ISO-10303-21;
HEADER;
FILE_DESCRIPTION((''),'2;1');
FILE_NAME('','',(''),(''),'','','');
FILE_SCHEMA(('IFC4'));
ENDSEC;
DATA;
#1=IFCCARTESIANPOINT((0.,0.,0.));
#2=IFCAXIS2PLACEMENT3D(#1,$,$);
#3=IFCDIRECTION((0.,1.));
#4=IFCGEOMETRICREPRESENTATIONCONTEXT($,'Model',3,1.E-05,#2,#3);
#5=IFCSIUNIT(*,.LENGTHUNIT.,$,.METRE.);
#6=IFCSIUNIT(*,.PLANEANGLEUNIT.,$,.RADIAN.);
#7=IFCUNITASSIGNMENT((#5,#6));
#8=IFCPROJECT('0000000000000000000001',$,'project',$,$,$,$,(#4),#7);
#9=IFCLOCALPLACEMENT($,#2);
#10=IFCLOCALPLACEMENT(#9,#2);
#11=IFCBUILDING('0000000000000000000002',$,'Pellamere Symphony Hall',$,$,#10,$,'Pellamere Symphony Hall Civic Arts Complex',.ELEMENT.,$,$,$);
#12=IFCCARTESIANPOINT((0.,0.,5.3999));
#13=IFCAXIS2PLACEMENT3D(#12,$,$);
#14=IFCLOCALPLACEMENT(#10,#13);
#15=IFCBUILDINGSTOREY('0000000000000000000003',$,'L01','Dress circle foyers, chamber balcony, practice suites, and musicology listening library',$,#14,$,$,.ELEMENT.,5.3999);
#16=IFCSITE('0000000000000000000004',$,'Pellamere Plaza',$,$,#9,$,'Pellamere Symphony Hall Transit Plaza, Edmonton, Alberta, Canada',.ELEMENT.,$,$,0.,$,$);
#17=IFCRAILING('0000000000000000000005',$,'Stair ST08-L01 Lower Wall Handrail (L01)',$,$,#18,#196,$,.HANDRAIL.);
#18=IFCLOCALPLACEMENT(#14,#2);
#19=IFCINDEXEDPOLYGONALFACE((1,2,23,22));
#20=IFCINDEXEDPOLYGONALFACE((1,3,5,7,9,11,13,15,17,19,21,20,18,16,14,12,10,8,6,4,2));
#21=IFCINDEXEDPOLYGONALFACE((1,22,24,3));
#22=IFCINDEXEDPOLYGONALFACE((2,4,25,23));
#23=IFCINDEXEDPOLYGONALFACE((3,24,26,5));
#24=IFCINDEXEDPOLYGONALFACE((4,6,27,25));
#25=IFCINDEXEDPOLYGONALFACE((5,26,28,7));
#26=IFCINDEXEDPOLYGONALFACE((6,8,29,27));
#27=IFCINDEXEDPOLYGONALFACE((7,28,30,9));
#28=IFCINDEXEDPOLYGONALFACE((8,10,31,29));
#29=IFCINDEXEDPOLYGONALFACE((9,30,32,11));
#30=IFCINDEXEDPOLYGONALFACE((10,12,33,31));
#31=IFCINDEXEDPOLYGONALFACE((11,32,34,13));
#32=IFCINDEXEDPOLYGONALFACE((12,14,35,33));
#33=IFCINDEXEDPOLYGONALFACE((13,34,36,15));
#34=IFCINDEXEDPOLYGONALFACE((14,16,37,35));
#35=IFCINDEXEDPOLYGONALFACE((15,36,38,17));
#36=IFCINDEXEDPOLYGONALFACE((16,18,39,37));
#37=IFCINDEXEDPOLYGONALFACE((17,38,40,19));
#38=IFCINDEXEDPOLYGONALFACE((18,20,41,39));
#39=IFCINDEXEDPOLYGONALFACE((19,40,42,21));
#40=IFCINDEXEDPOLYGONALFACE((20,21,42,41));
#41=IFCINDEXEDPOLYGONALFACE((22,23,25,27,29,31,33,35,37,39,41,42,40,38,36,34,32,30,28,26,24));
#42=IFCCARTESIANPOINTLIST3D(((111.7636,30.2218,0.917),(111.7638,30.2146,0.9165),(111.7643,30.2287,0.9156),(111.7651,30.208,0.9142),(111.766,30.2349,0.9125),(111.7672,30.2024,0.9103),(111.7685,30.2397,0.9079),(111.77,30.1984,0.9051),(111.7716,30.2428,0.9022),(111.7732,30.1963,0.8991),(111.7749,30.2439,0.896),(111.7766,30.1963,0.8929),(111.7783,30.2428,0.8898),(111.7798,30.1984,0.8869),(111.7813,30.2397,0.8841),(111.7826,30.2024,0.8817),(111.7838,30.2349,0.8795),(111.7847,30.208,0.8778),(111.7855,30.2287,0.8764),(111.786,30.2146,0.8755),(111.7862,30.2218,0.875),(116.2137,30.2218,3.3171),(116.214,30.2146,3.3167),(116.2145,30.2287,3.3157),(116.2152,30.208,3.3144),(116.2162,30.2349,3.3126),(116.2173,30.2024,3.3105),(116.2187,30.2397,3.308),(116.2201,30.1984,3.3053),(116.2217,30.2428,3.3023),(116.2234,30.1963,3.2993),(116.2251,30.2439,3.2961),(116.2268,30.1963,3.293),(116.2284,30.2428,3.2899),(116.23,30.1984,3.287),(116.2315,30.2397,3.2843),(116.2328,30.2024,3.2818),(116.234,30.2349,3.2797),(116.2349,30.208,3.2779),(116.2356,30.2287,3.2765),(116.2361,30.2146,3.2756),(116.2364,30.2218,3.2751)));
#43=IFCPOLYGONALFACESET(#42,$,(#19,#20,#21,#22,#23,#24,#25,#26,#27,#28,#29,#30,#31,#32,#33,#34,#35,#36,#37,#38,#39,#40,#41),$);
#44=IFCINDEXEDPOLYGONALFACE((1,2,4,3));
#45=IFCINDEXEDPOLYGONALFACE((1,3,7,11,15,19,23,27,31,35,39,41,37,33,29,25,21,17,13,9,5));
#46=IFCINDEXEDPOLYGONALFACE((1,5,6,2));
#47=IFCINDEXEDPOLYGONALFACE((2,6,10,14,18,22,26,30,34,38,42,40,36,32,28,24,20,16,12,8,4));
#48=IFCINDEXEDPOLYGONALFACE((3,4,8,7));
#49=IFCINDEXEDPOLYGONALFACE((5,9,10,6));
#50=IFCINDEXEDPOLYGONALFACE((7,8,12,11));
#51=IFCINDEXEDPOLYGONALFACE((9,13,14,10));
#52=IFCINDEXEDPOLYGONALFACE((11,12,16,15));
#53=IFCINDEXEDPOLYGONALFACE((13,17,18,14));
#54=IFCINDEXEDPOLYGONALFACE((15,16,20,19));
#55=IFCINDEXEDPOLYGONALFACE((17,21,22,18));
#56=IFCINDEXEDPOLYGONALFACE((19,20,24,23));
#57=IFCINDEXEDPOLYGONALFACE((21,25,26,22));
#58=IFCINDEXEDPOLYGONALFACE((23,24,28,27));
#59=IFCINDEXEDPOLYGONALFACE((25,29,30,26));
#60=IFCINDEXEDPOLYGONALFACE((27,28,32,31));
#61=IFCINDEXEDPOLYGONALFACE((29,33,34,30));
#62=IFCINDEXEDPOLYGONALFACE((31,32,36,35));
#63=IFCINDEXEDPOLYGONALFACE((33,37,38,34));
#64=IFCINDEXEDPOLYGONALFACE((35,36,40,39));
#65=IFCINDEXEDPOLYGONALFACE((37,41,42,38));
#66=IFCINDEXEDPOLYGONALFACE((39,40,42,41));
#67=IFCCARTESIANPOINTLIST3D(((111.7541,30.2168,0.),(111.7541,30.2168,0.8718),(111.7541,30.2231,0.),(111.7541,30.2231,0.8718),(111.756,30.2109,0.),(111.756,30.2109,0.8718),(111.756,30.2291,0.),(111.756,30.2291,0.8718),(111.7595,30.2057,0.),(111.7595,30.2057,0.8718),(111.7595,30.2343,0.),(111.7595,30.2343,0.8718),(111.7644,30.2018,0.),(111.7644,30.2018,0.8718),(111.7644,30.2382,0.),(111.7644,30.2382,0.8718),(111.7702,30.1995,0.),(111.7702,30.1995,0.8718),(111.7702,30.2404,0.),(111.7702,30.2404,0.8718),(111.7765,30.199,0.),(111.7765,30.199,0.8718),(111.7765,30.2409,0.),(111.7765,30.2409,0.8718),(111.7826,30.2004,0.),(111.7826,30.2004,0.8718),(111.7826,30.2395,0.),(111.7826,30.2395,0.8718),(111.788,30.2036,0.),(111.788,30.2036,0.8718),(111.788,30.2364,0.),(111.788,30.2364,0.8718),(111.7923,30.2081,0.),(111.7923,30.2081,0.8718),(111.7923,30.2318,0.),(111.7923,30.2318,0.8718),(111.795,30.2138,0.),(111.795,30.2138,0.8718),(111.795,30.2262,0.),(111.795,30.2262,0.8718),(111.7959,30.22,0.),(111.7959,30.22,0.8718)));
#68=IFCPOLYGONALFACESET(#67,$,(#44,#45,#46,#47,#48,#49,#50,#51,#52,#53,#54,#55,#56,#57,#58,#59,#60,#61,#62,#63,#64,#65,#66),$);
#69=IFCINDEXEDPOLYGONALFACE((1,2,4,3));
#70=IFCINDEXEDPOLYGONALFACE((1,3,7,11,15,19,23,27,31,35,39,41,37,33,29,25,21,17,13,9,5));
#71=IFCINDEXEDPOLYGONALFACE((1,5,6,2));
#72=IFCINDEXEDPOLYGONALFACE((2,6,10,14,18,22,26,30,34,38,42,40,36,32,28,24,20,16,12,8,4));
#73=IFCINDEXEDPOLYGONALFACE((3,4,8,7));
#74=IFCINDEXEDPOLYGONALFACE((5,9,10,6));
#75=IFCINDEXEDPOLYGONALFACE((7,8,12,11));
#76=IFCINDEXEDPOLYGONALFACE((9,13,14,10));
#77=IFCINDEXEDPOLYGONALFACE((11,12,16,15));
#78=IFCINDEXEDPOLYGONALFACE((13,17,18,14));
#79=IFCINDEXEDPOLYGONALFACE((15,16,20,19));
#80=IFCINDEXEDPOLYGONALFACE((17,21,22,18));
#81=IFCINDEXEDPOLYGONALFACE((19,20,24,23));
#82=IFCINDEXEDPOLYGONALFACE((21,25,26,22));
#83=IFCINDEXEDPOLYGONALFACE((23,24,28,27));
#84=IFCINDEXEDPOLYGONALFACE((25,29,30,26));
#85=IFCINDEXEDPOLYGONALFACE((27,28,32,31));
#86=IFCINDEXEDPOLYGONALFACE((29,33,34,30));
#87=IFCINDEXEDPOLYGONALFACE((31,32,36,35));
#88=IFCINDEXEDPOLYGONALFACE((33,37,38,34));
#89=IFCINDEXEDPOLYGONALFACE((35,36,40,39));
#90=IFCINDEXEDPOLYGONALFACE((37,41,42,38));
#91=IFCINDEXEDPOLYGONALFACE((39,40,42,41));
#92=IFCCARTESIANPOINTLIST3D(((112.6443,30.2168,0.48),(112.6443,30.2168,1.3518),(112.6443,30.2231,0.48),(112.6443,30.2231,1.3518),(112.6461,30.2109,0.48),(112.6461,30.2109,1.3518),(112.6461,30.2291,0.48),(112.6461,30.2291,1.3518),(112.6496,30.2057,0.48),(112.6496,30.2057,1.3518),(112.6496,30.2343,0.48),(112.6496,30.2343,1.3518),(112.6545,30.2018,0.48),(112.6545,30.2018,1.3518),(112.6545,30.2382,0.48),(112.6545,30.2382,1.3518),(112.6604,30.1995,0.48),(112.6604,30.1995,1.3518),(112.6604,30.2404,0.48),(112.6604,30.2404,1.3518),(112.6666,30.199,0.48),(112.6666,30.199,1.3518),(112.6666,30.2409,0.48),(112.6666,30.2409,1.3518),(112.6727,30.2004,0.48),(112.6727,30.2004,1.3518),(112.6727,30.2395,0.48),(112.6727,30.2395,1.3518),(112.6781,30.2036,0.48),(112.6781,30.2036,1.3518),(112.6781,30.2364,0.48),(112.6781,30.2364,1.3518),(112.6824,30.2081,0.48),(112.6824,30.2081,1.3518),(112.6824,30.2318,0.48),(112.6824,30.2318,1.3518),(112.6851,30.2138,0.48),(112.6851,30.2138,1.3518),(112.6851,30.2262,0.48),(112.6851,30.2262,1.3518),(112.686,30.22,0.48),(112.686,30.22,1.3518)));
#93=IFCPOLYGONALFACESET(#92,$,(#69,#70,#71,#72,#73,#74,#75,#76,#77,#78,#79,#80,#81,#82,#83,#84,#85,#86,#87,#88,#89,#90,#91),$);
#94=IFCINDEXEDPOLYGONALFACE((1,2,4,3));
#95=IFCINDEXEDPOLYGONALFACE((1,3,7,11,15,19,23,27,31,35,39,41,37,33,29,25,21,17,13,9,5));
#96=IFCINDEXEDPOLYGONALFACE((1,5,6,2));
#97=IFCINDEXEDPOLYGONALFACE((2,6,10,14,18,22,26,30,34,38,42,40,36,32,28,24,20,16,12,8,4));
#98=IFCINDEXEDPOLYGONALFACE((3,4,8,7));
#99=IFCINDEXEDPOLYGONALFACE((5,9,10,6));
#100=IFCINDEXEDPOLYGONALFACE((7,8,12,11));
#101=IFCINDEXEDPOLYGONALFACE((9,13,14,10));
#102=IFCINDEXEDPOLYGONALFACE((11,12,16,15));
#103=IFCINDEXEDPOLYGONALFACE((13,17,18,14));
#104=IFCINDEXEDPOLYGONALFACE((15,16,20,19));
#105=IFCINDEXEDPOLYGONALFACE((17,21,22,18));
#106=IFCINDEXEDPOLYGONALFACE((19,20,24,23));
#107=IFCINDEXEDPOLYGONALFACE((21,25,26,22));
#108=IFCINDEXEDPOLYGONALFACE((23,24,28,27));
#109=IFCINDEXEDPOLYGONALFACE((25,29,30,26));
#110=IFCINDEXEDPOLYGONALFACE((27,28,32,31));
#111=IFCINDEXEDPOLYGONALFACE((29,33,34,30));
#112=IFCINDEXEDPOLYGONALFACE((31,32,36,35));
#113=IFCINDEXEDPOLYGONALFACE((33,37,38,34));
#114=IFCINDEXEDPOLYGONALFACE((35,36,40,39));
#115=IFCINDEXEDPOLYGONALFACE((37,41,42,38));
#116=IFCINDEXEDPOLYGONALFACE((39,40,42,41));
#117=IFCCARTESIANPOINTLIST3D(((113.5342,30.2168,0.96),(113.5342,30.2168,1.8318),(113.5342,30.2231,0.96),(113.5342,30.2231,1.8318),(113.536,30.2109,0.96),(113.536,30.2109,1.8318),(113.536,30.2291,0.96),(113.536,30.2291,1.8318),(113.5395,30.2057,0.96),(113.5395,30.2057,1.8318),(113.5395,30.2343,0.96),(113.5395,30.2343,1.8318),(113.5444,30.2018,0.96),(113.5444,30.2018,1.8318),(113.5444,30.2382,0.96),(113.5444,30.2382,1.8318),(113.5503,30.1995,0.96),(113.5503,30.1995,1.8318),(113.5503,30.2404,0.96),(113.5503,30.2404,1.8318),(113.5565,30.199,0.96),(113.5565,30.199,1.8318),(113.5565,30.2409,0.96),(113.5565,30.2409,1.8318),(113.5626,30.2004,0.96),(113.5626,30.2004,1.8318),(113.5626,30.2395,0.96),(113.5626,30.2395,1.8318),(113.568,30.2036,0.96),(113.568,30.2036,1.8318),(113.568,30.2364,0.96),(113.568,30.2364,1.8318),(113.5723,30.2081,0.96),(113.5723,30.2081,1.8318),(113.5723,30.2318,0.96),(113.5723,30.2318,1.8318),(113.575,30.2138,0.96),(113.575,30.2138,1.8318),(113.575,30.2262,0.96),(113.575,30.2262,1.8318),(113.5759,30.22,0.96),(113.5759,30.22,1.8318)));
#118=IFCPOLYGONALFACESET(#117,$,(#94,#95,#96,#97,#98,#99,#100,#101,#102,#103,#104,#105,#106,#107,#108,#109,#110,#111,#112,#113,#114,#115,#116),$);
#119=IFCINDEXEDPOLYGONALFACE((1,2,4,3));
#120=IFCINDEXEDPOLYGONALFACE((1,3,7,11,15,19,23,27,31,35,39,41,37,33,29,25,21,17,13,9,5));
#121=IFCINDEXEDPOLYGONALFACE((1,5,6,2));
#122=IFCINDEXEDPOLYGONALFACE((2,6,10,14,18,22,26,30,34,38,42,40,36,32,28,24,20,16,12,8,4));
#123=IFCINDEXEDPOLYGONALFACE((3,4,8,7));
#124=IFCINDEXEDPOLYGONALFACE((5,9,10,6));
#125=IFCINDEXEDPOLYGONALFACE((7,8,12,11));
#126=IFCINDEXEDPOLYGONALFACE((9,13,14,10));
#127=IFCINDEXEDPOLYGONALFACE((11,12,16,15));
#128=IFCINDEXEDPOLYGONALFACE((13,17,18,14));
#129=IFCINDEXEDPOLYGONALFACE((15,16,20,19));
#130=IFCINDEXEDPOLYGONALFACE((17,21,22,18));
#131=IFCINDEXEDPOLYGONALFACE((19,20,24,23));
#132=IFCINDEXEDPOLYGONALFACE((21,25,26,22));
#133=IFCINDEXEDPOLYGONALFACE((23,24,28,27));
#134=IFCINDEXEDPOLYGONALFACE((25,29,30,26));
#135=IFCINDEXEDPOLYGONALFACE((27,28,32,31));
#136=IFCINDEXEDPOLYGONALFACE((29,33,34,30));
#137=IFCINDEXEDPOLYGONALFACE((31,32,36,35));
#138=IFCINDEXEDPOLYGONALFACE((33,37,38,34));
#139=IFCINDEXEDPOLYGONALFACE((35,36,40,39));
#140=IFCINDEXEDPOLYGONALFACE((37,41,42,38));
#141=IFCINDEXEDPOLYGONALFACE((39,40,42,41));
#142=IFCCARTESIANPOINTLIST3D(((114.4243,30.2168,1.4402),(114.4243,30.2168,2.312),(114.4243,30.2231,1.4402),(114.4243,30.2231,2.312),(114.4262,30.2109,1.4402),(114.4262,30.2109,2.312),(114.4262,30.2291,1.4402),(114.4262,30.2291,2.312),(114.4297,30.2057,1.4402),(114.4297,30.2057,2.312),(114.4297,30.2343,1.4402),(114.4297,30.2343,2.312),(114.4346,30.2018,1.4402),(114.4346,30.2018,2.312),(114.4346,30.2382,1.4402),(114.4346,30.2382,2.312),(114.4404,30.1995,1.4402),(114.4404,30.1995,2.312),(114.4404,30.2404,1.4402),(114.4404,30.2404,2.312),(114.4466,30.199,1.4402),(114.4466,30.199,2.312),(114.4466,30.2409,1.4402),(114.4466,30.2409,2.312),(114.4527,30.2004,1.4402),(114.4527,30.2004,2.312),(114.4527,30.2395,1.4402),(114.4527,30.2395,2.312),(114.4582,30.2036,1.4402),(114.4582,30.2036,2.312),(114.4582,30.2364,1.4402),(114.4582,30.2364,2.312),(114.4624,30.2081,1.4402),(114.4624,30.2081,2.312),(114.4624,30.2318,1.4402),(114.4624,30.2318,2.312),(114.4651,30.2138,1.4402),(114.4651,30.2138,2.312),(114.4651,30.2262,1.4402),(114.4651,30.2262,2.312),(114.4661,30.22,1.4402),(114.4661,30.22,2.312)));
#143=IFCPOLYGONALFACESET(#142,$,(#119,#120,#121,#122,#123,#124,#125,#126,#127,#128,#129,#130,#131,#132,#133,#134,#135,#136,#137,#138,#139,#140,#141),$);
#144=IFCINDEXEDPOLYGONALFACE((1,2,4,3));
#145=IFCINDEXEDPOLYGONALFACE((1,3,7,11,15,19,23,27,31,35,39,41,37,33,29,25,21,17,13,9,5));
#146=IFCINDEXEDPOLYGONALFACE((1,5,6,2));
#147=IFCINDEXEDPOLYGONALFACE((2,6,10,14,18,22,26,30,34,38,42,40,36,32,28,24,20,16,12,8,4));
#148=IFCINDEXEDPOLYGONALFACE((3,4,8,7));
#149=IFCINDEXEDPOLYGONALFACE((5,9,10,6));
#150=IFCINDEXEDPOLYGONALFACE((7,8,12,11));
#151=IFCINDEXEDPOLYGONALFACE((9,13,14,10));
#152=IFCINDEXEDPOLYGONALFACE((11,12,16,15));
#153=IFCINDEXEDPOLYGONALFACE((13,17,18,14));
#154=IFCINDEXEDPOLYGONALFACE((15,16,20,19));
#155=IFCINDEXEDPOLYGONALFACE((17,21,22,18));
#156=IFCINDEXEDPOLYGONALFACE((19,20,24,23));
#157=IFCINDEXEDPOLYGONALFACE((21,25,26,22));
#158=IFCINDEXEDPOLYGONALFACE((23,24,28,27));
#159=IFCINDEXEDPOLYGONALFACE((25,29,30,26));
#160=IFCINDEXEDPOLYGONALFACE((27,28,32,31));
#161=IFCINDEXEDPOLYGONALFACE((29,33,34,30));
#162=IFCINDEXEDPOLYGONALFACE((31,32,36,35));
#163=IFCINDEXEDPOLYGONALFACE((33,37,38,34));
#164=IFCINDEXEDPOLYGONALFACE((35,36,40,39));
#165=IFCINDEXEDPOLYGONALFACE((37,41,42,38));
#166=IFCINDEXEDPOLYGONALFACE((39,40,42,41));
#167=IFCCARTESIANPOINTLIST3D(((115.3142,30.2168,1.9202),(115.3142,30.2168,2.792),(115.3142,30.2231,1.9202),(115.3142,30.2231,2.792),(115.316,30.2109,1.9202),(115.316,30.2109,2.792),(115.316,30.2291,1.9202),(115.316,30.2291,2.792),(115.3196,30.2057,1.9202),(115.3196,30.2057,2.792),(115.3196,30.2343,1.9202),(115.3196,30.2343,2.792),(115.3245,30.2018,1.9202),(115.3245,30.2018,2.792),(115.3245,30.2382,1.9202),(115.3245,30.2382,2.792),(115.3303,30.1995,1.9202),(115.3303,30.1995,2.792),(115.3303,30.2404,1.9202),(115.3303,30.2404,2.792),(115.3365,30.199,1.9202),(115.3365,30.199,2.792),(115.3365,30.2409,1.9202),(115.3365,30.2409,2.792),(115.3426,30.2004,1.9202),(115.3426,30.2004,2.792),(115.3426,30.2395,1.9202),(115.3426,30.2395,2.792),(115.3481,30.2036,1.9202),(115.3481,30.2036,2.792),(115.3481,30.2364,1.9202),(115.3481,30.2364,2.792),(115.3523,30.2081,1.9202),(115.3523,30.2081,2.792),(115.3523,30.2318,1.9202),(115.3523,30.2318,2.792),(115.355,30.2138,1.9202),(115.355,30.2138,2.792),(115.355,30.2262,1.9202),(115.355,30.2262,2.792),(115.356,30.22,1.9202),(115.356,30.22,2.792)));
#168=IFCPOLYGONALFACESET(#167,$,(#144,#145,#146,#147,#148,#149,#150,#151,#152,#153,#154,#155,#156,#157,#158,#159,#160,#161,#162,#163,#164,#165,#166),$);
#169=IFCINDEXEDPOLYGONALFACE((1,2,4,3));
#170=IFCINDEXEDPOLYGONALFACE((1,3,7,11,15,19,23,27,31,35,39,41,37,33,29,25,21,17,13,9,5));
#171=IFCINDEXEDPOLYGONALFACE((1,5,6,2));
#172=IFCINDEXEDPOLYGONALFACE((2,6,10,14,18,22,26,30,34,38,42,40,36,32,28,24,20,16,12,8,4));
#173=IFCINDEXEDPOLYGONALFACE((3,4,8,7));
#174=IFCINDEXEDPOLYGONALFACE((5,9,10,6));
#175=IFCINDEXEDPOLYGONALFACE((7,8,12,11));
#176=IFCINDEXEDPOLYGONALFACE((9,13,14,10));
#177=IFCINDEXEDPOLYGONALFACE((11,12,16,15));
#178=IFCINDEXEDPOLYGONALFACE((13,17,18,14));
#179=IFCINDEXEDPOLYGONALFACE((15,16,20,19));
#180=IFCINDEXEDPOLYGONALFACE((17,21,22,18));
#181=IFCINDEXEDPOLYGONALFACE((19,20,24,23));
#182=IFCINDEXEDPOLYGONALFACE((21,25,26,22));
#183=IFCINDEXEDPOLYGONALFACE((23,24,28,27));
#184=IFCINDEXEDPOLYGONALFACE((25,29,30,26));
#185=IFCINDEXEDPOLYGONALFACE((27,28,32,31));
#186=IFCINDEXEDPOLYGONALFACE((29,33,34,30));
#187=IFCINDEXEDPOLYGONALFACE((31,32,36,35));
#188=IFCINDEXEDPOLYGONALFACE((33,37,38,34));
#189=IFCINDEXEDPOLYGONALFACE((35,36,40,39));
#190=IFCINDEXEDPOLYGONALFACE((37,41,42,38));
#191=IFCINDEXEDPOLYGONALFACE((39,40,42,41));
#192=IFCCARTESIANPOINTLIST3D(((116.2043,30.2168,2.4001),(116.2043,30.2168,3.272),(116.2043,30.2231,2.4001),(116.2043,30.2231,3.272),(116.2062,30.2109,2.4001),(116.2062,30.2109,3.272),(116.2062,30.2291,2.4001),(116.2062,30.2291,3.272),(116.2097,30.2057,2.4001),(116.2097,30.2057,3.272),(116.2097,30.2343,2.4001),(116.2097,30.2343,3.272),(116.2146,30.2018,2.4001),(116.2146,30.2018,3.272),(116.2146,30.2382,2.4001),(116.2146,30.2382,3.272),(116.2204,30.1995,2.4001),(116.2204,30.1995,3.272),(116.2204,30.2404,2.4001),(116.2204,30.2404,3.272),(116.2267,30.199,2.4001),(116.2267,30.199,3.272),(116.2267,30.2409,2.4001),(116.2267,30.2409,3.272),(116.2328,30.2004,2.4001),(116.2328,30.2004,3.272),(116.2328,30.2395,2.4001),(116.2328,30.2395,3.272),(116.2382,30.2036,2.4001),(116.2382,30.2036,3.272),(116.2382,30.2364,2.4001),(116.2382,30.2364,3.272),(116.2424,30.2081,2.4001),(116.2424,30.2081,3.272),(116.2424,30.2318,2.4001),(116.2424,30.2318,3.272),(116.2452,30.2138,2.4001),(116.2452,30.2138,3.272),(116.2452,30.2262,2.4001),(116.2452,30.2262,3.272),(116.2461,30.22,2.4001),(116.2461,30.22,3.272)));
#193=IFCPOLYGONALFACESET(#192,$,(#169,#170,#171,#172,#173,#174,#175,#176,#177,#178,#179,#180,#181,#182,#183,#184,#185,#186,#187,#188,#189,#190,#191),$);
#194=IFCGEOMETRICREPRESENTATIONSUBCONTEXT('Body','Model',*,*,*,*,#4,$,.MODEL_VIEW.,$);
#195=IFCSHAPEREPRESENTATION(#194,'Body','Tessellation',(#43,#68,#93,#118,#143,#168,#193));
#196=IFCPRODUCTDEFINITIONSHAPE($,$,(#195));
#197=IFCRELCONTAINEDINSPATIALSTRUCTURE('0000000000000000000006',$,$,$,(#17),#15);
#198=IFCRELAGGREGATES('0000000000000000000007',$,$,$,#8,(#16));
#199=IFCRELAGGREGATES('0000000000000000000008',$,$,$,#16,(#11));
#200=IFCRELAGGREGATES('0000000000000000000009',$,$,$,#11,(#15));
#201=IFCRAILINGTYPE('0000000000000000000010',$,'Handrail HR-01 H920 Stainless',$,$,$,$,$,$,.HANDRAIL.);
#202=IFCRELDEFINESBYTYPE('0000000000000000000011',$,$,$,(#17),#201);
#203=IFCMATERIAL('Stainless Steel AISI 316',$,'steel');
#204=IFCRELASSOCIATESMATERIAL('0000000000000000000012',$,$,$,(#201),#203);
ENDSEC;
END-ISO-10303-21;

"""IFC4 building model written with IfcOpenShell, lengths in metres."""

from ifc_helpers import new_model, si_unit, direction, frame, origin, origin_2d, place, context, subcontext, project, spatial, circle, extrude, material, type_object, element, save


model = new_model("IFC4")

# Units and contexts
model_context = context("Model", 3, precision=1e-05, world=origin(), true_north=direction((0.0, 1.0)))
body_context = subcontext(model_context, "Body", "Model", "MODEL_VIEW")
ifc_project = project(units=[si_unit("LENGTHUNIT", "METRE"), si_unit("PLANEANGLEUNIT", "RADIAN")], contexts=[model_context])

# Site, building, storey
site_placement = place(None, origin())
site = spatial("IfcSite", under=ifc_project, at=site_placement, Name="Pellamere Plaza", LongName="Pellamere Symphony Hall Transit Plaza, Edmonton, Alberta, Canada", CompositionType="ELEMENT", RefElevation=0.0)
building_placement = place(site_placement, origin())
building = spatial("IfcBuilding", under=site, at=building_placement, Name="Pellamere Symphony Hall", LongName="Pellamere Symphony Hall Civic Arts Complex", CompositionType="ELEMENT")
storey_placement = place(building_placement, frame((0.0, 0.0, 5.3999)))
storey = spatial("IfcBuildingStorey", under=building, at=storey_placement, Name="L01", Description="Dress circle foyers, chamber balcony, practice suites, and musicology listening library", CompositionType="ELEMENT", Elevation=5.3999)

# Railing
ifc_material_1 = material(Name="Stainless Steel AISI 316", Category="steel")
railing_type_1 = type_object("IfcRailingType", Name="Handrail HR-01 H920 Stainless", PredefinedType="HANDRAIL", material=ifc_material_1)
railing_1_placement = place(storey_placement, frame((111.7749, 30.22, 0.0)))
element("IfcRailing", 1, at=railing_1_placement, inside=storey, type_object=railing_type_1, Name="Stair ST08-L01 Lower Wall Handrail (L01)", PredefinedType="HANDRAIL", context=body_context, shape_type="SweptSolid", body=[
    extrude(circle(Radius=0.0239, at=origin_2d()), frame((0.0, 0.0, 0.896), z_axis=(0.88015, 0.0, 0.474696), x_axis=(0.0, 1.0, 0.0)), (0.0, 0.0, 1.0), 5.0562),
    extrude(circle(Radius=0.021, at=origin_2d()), origin(), (0.0, 0.0, 1.0), 0.8718),
    extrude(circle(Radius=0.021, at=origin_2d()), frame((0.8901, 0.0, 0.48)), (0.0, 0.0, 1.0), 0.8718),
    extrude(circle(Radius=0.021, at=origin_2d()), frame((1.78, 0.0, 0.96)), (0.0, 0.0, 1.0), 0.8718),
    extrude(circle(Radius=0.021, at=origin_2d()), frame((2.6702, 0.0, 1.4402)), (0.0, 0.0, 1.0), 0.8718),
    extrude(circle(Radius=0.021, at=origin_2d()), frame((3.5601, 0.0, 1.9202)), (0.0, 0.0, 1.0), 0.8718),
    extrude(circle(Radius=0.021, at=origin_2d()), frame((4.4502, 0.0, 2.4001)), (0.0, 0.0, 1.0), 0.8718),
])

save(model, "model.ifc")
